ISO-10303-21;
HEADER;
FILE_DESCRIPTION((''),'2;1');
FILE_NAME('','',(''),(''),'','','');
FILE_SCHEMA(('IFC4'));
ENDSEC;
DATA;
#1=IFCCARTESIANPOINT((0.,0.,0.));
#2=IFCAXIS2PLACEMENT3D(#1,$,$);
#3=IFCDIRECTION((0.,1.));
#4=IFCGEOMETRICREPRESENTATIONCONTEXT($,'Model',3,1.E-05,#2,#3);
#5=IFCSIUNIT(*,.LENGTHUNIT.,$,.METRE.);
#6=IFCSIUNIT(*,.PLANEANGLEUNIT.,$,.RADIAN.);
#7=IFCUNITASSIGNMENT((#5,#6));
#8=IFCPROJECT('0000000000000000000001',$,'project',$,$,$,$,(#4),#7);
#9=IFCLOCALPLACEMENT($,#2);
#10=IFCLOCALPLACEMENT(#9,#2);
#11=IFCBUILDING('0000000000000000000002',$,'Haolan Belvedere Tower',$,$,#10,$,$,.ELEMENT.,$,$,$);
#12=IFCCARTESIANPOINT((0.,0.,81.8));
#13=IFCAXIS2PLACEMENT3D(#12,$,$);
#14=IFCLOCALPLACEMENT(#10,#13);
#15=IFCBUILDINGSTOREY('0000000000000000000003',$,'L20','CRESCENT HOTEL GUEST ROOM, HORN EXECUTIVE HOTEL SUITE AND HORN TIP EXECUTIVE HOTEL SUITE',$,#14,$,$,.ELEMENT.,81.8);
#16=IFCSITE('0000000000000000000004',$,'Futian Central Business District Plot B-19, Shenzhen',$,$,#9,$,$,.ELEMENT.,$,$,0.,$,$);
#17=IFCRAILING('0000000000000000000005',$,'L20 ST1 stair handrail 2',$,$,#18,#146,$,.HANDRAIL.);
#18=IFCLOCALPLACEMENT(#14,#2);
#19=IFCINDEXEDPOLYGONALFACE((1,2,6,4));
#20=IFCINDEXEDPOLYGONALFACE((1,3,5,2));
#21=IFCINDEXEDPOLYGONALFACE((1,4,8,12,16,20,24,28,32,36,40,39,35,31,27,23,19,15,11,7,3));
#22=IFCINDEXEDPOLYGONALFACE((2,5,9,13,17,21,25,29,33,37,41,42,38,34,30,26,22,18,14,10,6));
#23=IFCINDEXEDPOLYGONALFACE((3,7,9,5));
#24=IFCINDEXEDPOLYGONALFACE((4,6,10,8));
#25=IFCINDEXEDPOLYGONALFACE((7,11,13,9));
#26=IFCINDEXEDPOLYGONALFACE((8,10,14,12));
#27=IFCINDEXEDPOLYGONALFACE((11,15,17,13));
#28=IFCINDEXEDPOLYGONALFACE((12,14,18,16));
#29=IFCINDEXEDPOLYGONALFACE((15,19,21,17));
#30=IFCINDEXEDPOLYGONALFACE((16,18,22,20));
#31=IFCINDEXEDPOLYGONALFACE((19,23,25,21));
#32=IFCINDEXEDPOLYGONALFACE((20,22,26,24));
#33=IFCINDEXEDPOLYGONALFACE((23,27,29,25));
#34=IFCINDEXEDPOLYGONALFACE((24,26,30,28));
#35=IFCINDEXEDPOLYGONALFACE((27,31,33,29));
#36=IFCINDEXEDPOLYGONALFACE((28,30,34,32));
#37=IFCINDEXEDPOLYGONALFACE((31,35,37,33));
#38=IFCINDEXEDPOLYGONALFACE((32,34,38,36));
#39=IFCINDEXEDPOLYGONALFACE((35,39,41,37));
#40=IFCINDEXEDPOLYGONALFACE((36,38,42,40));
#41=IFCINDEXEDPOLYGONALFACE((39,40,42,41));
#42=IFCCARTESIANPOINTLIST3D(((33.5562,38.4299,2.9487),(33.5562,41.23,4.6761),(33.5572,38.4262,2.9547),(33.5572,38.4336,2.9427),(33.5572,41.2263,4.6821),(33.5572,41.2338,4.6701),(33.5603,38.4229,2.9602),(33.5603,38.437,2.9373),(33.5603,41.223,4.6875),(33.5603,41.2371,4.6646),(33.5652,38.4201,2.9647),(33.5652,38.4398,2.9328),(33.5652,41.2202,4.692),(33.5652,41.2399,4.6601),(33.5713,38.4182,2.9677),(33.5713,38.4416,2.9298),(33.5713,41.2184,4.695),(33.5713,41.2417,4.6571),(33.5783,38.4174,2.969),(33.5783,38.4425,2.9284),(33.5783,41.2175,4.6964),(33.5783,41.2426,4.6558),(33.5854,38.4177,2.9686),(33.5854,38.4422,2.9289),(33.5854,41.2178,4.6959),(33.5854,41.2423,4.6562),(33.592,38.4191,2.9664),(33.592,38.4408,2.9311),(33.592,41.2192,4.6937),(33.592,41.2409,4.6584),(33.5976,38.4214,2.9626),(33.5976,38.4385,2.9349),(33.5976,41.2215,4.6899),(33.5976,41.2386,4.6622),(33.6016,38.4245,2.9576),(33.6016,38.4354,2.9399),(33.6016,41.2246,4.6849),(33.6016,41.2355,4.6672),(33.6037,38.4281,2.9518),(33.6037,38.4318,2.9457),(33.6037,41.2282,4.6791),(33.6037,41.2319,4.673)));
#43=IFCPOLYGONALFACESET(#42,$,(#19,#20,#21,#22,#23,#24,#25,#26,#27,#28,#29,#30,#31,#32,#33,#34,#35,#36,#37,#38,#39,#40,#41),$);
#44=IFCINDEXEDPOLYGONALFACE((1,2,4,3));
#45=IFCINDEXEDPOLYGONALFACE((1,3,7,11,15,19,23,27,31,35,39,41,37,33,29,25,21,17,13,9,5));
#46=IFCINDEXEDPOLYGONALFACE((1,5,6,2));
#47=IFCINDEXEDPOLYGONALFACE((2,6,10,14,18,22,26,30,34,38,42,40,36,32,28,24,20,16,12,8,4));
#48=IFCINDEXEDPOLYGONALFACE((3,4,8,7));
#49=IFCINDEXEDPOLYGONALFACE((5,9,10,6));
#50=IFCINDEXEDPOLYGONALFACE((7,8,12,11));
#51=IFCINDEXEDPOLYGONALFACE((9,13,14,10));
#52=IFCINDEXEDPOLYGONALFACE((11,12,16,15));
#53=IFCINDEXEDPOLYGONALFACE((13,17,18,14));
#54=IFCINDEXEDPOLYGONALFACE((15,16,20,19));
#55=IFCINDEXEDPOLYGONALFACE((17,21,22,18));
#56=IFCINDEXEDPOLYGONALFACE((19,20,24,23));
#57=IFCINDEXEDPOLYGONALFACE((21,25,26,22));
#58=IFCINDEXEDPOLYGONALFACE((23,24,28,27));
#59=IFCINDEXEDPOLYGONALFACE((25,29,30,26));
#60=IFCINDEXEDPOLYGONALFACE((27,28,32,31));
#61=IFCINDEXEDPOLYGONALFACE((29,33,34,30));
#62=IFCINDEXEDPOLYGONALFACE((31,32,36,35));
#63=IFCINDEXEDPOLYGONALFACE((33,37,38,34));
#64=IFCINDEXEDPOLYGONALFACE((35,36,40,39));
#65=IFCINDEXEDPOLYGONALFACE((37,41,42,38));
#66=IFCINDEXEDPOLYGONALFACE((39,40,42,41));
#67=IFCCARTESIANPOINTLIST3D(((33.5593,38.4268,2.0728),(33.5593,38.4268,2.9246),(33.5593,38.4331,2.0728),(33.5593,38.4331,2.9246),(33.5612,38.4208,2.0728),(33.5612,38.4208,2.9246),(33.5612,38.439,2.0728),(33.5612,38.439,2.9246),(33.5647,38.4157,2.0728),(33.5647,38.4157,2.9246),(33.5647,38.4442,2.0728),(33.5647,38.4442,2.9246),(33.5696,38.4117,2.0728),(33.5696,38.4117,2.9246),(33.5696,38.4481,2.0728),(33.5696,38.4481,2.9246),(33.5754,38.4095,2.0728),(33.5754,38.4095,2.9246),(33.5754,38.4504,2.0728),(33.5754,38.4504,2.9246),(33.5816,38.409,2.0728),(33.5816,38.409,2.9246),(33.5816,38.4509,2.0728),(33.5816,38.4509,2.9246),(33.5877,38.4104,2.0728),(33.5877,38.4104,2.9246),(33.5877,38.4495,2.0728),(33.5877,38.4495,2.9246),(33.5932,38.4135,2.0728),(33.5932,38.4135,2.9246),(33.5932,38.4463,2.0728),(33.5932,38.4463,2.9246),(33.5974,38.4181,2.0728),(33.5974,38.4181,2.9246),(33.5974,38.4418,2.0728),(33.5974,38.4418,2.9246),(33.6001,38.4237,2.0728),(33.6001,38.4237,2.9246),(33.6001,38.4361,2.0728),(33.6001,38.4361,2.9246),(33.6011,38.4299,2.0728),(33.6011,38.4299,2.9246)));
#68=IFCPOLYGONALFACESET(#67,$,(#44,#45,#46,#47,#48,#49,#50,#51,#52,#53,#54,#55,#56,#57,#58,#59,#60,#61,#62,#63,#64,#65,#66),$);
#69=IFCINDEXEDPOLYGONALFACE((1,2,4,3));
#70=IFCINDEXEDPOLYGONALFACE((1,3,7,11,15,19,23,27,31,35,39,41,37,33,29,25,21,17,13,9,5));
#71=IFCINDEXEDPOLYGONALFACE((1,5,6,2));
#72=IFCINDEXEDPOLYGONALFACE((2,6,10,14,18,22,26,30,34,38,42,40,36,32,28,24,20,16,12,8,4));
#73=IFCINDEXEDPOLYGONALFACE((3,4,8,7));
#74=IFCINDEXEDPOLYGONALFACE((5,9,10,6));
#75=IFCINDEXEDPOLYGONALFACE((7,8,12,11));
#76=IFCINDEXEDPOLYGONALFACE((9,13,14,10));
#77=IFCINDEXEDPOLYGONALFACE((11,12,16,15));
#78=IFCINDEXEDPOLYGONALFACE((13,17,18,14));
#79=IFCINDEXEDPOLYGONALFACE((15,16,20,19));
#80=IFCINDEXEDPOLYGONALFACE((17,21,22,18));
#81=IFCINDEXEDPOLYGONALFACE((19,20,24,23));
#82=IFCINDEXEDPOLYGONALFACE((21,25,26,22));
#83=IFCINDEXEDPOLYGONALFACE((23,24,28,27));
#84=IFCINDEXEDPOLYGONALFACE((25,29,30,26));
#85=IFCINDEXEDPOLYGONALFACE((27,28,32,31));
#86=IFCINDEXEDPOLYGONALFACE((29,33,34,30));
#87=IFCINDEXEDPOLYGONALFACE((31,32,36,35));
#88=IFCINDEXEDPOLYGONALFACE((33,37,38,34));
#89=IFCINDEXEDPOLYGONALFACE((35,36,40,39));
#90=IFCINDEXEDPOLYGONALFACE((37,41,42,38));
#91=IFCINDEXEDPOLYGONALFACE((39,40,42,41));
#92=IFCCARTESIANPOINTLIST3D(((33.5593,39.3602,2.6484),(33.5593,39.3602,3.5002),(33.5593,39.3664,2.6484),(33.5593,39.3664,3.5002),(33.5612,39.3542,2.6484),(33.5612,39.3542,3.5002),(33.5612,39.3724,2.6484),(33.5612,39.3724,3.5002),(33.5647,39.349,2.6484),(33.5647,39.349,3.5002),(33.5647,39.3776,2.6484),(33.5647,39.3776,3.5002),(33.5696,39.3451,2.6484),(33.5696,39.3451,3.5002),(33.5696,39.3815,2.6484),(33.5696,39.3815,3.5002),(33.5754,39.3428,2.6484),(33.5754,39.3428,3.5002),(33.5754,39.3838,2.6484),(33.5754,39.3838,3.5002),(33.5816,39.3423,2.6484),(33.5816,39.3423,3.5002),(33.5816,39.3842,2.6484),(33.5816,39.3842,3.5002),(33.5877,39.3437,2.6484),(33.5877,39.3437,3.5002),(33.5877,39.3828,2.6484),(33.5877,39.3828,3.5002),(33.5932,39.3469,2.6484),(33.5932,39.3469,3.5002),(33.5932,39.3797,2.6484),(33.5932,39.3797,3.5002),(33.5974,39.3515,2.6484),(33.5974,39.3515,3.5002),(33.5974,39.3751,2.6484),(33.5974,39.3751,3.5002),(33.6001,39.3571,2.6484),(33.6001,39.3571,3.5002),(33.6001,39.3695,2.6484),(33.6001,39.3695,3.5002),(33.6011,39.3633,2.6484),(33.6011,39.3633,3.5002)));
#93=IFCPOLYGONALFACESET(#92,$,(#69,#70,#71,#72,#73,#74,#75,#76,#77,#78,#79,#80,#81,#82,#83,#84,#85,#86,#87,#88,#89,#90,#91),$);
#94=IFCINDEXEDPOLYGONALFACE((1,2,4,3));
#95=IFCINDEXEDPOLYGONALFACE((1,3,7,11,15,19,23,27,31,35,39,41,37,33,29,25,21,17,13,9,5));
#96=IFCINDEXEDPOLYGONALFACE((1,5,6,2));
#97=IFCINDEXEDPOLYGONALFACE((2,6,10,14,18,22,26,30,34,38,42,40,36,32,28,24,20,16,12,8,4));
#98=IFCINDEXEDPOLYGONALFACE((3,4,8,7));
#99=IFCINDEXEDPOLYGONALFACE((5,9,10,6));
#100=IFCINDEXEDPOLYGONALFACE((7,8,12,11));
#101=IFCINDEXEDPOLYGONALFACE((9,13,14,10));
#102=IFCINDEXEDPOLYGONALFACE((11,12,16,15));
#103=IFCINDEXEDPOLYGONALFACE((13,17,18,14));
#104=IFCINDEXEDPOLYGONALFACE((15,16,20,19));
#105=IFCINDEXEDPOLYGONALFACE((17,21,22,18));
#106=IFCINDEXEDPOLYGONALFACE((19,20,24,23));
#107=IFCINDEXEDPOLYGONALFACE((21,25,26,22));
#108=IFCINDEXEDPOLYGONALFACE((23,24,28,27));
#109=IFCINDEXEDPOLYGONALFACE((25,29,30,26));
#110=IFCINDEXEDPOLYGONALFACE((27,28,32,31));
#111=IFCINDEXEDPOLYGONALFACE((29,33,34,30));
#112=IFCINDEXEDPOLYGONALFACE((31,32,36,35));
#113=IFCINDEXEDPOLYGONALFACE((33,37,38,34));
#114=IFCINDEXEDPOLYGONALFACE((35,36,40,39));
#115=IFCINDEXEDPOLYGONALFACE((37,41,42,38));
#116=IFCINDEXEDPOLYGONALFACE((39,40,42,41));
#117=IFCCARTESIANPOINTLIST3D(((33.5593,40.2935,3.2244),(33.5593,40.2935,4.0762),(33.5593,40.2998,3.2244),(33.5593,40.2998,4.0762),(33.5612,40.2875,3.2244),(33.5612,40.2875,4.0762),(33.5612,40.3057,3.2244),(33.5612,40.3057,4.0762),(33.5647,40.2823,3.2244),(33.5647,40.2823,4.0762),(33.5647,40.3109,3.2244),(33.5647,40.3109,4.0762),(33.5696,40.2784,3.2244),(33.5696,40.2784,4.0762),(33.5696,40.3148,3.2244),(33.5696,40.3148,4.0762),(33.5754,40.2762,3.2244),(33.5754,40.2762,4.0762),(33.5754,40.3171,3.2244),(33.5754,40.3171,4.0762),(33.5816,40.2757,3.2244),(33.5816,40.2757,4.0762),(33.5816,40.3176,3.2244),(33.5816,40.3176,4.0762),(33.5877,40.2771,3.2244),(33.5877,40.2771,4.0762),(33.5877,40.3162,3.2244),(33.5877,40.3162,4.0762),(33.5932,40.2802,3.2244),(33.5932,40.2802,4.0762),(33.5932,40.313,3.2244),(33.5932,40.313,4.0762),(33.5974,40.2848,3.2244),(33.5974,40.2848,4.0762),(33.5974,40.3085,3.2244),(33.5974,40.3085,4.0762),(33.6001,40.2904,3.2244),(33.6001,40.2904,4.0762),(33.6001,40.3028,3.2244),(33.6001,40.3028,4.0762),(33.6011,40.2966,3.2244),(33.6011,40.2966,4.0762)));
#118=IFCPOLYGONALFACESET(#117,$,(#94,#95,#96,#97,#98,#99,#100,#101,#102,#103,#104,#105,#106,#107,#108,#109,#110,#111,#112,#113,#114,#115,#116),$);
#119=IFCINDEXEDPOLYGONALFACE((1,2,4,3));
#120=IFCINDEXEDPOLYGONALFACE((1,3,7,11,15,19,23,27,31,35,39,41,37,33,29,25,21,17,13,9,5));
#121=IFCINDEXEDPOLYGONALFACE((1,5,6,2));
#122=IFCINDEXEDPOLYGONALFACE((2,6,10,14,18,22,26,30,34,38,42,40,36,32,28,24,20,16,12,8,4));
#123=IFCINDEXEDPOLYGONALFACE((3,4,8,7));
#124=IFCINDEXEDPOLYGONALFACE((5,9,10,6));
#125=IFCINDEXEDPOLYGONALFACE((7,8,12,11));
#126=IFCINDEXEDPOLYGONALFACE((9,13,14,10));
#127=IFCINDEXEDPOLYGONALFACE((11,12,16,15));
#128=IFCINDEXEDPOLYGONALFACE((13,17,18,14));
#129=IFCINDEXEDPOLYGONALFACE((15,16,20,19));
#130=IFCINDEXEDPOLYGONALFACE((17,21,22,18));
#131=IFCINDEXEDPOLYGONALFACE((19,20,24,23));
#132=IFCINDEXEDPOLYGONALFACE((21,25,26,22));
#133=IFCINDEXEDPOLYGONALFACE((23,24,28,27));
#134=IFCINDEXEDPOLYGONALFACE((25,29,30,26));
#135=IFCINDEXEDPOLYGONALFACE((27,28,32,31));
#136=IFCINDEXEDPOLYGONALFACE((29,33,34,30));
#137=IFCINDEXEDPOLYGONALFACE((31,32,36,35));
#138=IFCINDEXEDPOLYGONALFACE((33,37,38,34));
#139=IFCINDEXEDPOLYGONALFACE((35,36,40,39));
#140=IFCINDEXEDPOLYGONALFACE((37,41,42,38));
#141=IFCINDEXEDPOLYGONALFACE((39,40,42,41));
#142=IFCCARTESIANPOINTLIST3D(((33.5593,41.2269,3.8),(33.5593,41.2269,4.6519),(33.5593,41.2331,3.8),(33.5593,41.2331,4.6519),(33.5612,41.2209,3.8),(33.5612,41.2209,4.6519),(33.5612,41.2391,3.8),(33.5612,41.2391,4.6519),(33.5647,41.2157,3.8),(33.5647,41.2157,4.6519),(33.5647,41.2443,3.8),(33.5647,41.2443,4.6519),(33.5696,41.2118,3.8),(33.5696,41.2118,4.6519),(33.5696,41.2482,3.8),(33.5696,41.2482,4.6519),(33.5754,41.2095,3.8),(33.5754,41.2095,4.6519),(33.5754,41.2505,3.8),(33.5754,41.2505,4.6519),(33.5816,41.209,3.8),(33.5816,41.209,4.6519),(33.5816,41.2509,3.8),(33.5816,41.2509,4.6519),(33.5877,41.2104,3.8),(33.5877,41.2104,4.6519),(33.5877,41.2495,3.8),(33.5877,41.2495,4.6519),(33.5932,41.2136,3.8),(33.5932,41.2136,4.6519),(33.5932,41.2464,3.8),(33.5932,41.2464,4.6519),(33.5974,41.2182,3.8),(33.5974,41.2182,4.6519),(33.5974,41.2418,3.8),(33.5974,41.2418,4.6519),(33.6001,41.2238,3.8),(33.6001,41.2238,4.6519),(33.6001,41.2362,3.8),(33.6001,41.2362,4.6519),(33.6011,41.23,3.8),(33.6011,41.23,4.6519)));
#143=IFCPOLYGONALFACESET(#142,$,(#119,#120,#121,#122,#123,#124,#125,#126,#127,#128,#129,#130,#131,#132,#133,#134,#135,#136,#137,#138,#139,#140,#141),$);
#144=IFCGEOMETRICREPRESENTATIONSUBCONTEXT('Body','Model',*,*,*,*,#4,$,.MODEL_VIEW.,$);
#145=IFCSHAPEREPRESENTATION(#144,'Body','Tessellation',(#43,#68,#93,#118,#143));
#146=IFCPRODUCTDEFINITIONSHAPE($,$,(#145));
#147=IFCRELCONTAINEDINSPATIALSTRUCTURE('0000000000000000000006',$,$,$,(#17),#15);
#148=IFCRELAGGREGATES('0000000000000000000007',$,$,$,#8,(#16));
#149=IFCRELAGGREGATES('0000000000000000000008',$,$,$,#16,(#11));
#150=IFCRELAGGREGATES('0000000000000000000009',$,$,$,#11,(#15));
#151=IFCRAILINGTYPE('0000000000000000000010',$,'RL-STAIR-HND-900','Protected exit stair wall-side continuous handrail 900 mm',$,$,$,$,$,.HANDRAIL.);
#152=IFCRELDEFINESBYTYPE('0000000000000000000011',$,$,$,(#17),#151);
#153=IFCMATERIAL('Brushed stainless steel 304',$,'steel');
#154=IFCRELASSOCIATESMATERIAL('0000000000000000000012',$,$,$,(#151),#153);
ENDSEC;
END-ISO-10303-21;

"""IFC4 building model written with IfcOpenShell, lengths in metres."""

from ifc_helpers import new_model, si_unit, direction, frame, origin, origin_2d, place, context, subcontext, project, spatial, circle, extrude, material, type_object, element, save


model = new_model("IFC4")

# Units and contexts
model_context = context("Model", 3, precision=1e-05, world=origin(), true_north=direction((0.0, 1.0)))
body_context = subcontext(model_context, "Body", "Model", "MODEL_VIEW")
ifc_project = project(units=[si_unit("LENGTHUNIT", "METRE"), si_unit("PLANEANGLEUNIT", "RADIAN")], contexts=[model_context])

# Site, building, storey
site_placement = place(None, origin())
site = spatial("IfcSite", under=ifc_project, at=site_placement, Name="Futian Central Business District Plot B-19, Shenzhen", CompositionType="ELEMENT", RefElevation=0.0)
building_placement = place(site_placement, origin())
building = spatial("IfcBuilding", under=site, at=building_placement, Name="Haolan Belvedere Tower", CompositionType="ELEMENT")
storey_placement = place(building_placement, frame((0.0, 0.0, 81.8)))
storey = spatial("IfcBuildingStorey", under=building, at=storey_placement, Name="L20", Description="CRESCENT HOTEL GUEST ROOM, HORN EXECUTIVE HOTEL SUITE AND HORN TIP EXECUTIVE HOTEL SUITE", CompositionType="ELEMENT", Elevation=81.8)

# Railing
ifc_material_1 = material(Name="Brushed stainless steel 304", Category="steel")
railing_type_1 = type_object("IfcRailingType", Name="RL-STAIR-HND-900", Description="Protected exit stair wall-side continuous handrail 900 mm", PredefinedType="HANDRAIL", material=ifc_material_1)
railing_1_placement = place(storey_placement, frame((33.5801, 38.4299, 2.0728)))
element("IfcRailing", 1, at=railing_1_placement, inside=storey, type_object=railing_type_1, Name="L20 ST1 stair handrail 2", PredefinedType="HANDRAIL", context=body_context, shape_type="SweptSolid", body=[
    extrude(circle(Radius=0.0239, at=origin_2d()), frame((0.0, 0.0, 0.876), z_axis=(0.0, 0.85109, 0.52502), x_axis=(-1.0, 0.0, 0.0)), (0.0, 0.0, 1.0), 3.29),
    extrude(circle(Radius=0.021, at=origin_2d()), origin(), (0.0, 0.0, 1.0), 0.8518),
    extrude(circle(Radius=0.021, at=origin_2d()), frame((0.0, 0.9333, 0.5757)), (0.0, 0.0, 1.0), 0.8518),
    extrude(circle(Radius=0.021, at=origin_2d()), frame((0.0, 1.8667, 1.1516)), (0.0, 0.0, 1.0), 0.8518),
    extrude(circle(Radius=0.021, at=origin_2d()), frame((0.0, 2.8, 1.7273)), (0.0, 0.0, 1.0), 0.8518),
])

save(model, "model.ifc")
